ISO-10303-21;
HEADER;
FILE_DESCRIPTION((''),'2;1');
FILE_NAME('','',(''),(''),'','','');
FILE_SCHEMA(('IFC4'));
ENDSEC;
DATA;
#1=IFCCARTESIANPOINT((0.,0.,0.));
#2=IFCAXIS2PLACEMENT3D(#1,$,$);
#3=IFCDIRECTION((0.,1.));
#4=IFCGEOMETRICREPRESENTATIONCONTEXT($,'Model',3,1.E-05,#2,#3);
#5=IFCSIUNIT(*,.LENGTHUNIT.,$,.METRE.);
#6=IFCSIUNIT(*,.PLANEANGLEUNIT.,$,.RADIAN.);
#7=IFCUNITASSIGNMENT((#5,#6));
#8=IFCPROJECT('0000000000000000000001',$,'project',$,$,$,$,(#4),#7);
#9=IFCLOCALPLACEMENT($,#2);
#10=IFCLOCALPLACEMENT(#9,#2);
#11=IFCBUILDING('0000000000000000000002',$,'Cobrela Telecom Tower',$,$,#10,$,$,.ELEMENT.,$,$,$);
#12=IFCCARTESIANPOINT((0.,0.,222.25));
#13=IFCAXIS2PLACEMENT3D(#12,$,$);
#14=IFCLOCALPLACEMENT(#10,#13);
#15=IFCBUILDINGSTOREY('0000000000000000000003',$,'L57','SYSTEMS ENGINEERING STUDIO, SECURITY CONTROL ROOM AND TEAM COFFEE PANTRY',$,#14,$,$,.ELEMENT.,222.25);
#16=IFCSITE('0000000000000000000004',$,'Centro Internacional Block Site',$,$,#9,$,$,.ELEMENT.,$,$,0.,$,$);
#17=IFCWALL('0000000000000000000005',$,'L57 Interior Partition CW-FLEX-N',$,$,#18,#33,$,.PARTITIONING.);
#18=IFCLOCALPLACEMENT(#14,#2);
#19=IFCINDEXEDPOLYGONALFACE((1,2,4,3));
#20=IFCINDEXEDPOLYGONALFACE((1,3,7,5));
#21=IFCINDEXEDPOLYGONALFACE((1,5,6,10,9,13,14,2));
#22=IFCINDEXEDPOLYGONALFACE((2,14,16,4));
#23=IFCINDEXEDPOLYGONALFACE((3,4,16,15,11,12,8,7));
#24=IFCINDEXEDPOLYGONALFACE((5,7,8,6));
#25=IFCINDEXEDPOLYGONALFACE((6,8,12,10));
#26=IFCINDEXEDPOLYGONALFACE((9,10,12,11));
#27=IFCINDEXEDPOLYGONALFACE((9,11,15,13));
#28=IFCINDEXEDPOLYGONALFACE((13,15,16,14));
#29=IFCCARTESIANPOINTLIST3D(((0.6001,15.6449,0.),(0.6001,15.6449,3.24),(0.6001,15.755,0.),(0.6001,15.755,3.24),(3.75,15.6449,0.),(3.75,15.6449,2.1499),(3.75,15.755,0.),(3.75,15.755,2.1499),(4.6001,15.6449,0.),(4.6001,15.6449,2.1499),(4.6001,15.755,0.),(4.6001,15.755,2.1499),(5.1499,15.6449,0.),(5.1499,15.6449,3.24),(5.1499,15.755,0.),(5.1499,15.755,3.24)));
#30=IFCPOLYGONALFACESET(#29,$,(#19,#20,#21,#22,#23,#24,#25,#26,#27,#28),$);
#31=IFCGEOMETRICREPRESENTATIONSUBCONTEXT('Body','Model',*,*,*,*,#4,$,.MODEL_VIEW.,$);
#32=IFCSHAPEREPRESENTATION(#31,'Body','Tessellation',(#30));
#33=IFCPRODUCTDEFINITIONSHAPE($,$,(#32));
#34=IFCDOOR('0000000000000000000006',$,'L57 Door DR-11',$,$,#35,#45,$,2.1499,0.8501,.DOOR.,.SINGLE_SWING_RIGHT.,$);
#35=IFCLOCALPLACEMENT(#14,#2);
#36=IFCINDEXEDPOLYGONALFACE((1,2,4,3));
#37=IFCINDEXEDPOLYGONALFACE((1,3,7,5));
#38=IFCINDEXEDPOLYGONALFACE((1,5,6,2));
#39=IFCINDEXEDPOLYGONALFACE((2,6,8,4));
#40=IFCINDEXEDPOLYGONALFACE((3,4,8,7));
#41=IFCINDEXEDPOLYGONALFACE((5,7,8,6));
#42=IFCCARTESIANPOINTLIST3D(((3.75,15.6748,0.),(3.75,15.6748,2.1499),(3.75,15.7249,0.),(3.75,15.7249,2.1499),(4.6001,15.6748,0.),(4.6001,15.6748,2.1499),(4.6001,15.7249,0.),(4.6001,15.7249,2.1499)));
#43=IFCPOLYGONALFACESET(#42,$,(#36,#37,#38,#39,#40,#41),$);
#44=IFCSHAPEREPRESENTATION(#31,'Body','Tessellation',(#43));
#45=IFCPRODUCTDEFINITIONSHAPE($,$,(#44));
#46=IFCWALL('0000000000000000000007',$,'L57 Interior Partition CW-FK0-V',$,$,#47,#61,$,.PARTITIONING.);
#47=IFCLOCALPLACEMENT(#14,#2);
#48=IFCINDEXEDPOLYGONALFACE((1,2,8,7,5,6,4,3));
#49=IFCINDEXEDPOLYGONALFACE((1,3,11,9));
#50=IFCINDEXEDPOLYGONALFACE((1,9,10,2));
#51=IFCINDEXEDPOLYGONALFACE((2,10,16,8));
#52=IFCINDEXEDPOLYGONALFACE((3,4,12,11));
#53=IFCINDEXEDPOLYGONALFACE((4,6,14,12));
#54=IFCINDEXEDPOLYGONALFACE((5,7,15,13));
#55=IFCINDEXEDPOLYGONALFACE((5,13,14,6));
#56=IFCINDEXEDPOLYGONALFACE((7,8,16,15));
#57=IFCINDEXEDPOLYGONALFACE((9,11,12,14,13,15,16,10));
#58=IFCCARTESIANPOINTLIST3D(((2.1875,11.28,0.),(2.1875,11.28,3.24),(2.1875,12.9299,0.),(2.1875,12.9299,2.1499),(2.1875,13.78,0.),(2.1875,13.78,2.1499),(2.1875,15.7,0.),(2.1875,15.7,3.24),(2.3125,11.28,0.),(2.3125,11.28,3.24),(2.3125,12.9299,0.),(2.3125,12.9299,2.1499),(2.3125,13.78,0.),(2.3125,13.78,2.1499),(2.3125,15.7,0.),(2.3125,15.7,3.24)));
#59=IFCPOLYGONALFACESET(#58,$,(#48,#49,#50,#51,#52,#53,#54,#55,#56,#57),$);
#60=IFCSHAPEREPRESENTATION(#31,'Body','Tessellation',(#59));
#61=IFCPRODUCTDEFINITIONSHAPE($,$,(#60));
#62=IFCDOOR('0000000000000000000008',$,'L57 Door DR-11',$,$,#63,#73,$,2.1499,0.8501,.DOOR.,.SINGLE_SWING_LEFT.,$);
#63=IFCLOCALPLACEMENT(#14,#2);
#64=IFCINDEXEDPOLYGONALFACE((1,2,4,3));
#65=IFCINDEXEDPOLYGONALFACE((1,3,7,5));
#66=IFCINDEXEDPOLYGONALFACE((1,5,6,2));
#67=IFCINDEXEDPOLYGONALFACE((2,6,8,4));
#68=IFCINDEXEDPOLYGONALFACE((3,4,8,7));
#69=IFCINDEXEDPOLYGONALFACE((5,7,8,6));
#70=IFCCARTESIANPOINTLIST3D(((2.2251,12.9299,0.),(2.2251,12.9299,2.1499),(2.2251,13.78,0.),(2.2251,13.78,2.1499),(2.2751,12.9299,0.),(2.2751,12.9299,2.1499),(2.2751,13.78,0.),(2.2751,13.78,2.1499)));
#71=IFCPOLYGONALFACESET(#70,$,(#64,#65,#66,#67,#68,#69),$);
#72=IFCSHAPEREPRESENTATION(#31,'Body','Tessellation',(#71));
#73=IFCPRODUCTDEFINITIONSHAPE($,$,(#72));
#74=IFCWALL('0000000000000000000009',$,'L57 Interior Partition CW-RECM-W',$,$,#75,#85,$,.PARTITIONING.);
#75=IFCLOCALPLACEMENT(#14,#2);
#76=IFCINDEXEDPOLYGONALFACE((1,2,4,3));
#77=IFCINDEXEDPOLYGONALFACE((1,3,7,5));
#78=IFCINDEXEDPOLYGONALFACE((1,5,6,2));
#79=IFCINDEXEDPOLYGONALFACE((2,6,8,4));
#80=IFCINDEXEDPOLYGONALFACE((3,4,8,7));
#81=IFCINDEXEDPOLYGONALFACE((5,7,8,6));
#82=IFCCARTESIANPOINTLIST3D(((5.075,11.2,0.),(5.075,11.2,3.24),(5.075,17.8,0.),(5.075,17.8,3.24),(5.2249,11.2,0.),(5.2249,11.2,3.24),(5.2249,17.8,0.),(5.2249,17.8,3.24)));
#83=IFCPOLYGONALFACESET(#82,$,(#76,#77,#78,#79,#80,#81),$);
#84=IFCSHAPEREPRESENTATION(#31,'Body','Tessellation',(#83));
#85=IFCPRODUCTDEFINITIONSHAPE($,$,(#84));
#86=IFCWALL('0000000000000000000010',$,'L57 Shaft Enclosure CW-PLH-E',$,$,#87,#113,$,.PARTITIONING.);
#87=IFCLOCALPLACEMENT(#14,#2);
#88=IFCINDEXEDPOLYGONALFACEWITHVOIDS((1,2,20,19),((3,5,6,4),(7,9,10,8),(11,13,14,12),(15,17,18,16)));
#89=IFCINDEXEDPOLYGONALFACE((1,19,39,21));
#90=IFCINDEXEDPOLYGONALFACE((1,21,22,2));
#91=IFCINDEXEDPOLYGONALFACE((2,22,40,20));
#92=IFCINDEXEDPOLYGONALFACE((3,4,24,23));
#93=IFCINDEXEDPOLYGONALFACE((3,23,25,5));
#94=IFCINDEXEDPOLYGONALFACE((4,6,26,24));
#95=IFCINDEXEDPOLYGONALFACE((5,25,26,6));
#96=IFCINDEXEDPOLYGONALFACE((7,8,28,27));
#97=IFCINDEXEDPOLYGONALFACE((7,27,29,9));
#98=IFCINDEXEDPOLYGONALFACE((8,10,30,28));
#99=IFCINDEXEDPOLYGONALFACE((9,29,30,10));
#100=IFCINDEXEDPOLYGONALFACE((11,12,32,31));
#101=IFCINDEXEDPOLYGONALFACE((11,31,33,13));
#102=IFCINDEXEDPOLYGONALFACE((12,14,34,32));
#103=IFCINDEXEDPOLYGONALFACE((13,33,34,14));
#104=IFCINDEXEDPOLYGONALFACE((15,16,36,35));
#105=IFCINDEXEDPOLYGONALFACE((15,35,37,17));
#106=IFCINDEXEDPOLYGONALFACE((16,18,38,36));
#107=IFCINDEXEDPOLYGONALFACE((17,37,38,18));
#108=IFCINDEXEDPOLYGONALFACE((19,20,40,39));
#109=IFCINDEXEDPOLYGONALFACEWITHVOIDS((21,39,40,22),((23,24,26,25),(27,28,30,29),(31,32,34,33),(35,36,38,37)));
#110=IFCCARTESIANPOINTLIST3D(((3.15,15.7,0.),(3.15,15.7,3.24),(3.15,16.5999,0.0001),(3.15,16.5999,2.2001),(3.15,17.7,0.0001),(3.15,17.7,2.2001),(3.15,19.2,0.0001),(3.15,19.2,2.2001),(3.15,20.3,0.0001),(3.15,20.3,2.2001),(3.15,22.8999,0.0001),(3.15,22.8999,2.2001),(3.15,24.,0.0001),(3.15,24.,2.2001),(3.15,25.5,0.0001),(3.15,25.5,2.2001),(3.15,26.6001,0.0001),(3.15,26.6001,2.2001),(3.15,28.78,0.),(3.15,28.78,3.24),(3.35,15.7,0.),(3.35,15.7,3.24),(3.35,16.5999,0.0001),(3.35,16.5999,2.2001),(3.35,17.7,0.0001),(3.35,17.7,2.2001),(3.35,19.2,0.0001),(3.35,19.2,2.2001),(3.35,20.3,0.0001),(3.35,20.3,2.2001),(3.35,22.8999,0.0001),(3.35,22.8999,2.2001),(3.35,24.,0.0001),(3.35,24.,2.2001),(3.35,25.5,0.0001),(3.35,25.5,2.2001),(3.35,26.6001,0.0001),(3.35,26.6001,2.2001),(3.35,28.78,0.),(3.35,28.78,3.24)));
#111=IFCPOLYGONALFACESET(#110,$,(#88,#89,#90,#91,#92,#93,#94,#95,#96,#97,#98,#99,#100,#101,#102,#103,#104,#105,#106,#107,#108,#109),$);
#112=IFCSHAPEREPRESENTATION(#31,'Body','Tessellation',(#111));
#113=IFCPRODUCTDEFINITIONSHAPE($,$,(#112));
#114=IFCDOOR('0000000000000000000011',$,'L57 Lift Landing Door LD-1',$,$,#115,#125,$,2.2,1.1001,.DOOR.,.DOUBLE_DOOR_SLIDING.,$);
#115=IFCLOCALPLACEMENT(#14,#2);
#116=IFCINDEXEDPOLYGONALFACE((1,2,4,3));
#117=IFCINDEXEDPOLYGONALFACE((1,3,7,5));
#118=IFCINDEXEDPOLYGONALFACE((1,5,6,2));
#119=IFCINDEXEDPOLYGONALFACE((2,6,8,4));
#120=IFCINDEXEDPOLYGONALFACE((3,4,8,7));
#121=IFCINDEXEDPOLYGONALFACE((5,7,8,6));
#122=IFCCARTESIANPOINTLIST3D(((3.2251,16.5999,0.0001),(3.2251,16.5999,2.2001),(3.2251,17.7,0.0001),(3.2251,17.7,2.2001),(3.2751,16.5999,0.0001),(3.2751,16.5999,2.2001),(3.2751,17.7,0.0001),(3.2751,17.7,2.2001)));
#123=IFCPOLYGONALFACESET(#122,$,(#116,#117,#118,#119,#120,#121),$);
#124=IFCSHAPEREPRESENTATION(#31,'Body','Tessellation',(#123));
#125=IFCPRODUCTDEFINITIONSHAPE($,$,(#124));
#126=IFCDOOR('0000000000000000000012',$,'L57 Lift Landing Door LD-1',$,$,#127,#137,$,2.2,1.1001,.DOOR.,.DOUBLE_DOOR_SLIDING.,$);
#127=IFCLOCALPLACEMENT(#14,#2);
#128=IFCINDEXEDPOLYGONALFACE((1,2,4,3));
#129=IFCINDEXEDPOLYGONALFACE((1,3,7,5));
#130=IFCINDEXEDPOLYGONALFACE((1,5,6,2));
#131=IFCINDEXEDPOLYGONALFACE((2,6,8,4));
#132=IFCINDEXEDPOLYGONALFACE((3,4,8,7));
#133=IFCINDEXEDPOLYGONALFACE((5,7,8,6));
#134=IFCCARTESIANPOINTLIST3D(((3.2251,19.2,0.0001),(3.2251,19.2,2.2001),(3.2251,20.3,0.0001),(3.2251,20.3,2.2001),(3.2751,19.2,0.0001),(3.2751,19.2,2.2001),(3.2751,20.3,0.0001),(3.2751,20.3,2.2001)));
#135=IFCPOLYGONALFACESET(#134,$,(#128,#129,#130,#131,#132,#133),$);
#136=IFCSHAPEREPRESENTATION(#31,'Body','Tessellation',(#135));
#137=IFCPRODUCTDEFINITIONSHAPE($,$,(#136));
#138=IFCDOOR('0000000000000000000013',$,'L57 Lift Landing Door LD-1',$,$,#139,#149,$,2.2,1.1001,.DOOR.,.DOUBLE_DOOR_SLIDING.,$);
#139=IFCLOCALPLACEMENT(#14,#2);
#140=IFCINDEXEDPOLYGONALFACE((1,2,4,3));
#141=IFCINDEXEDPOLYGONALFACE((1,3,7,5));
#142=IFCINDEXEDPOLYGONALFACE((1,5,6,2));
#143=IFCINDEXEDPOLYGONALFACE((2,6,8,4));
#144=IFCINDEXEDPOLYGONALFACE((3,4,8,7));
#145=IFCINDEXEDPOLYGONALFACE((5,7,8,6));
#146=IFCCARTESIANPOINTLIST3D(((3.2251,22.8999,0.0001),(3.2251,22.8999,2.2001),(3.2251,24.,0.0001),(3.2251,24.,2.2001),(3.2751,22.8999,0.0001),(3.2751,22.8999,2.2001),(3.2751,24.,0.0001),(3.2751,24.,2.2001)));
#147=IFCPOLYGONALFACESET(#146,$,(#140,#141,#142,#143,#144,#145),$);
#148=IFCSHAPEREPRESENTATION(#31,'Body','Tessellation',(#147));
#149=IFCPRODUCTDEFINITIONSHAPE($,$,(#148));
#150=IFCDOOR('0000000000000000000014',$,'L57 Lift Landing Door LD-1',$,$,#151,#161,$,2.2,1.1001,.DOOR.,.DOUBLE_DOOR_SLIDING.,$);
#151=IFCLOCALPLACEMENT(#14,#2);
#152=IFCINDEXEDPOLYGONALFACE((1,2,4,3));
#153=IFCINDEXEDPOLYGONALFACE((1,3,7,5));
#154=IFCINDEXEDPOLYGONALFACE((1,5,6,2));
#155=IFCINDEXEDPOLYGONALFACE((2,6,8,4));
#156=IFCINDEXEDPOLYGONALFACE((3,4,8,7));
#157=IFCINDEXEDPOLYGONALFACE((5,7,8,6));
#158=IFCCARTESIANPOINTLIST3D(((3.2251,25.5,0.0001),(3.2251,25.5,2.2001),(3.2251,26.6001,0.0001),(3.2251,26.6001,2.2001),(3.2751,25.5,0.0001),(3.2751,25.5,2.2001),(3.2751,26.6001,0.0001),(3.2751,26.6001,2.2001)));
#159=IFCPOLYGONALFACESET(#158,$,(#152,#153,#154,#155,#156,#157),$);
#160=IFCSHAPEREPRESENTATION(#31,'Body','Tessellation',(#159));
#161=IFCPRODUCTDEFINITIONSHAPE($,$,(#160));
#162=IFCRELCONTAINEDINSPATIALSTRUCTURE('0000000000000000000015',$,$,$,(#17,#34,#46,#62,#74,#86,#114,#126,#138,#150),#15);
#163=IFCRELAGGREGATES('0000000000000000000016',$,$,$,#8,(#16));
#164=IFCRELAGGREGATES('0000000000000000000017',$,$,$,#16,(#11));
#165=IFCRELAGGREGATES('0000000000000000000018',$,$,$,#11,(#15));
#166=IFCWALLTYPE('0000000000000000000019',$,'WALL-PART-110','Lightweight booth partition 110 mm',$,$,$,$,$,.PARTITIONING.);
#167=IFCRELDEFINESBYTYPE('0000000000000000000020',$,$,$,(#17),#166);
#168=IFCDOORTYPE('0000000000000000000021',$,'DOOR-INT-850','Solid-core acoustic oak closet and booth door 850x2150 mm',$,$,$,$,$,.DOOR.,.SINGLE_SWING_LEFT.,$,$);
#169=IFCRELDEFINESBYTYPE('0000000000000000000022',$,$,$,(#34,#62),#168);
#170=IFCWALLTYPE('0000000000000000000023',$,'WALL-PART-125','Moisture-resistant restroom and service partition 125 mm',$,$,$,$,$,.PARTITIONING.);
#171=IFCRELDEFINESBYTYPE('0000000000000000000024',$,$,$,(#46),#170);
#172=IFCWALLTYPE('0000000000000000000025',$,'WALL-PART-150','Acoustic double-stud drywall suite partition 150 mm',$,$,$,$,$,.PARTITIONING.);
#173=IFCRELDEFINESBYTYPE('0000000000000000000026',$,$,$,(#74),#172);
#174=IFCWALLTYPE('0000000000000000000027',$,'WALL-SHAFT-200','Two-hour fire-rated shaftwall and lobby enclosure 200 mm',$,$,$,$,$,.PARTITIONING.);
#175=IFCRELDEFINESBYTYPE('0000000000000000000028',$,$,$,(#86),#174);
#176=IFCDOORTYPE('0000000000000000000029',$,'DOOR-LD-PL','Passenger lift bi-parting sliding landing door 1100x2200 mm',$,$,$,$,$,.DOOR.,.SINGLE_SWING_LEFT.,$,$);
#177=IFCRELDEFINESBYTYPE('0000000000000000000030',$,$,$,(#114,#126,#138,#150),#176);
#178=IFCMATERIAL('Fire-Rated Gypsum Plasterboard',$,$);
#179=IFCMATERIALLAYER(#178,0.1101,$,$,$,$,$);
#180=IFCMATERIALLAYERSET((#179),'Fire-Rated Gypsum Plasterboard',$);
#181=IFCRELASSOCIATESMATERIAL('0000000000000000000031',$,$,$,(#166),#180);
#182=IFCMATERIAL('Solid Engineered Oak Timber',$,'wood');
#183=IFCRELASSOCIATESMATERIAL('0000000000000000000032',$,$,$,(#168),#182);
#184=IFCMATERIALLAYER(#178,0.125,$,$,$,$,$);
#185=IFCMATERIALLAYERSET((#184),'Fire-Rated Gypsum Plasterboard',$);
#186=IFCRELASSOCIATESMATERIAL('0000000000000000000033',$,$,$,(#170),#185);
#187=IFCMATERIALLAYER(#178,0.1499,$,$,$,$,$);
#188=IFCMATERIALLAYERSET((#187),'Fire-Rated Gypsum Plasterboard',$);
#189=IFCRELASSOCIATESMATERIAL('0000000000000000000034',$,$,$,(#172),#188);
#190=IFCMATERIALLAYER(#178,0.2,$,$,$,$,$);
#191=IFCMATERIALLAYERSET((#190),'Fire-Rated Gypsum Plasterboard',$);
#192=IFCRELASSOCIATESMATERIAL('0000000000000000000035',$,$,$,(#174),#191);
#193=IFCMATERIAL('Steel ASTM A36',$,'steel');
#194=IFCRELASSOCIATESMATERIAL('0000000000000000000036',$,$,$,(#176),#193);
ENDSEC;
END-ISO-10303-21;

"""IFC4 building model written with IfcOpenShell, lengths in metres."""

from ifc_helpers import new_model, si_unit, direction, frame, frame_2d, origin, place, context, subcontext, project, spatial, rectangle, extrude, material, layer, layer_set, type_object, element, fill, save


model = new_model("IFC4")

# Units and contexts
model_context = context("Model", 3, precision=1e-05, world=origin(), true_north=direction((0.0, 1.0)))
body_context = subcontext(model_context, "Body", "Model", "MODEL_VIEW")
ifc_project = project(units=[si_unit("LENGTHUNIT", "METRE"), si_unit("PLANEANGLEUNIT", "RADIAN")], contexts=[model_context])

# Site, building, storey
site_placement = place(None, origin())
site = spatial("IfcSite", under=ifc_project, at=site_placement, Name="Centro Internacional Block Site", CompositionType="ELEMENT", RefElevation=0.0)
building_placement = place(site_placement, origin())
building = spatial("IfcBuilding", under=site, at=building_placement, Name="Cobrela Telecom Tower", CompositionType="ELEMENT")
storey_placement = place(building_placement, frame((0.0, 0.0, 222.25)))
storey = spatial("IfcBuildingStorey", under=building, at=storey_placement, Name="L57", Description="SYSTEMS ENGINEERING STUDIO, SECURITY CONTROL ROOM AND TEAM COFFEE PANTRY", CompositionType="ELEMENT", Elevation=222.25)

# Walls, openings, doors
ifc_material_1 = material(Name="Fire-Rated Gypsum Plasterboard")
ifc_layer_1 = layer(ifc_material_1, 0.1101)
ifc_layer_set_1 = layer_set([ifc_layer_1], Name="Fire-Rated Gypsum Plasterboard")
wall_type_1 = type_object("IfcWallType", Name="WALL-PART-110", Description="Lightweight booth partition 110 mm", PredefinedType="PARTITIONING", material=ifc_layer_set_1)
wall_1_placement = place(storey_placement, frame((0.6001, 15.7, 0.0), z_axis=(0.0, 0.0, 1.0), x_axis=(1.0, 0.0, 0.0)))
wall_1 = element("IfcWall", 1, at=wall_1_placement, inside=storey, type_object=wall_type_1, Name="L57 Interior Partition CW-FLEX-N", PredefinedType="PARTITIONING", context=body_context, shape_type="SweptSolid", body=[
    extrude(rectangle(XDim=4.5498, YDim=0.1101, at=frame_2d((2.2749, 0.0))), origin(), (0.0, 0.0, 1.0), 3.24),
])
opening_1_placement = place(wall_1_placement, frame((3.1499, 0.0, 0.0)))
opening_1 = element("IfcOpeningElement", 2, at=opening_1_placement, cuts=wall_1, PredefinedType="OPENING", context=body_context, shape_type="SweptSolid", body=[
    extrude(rectangle(XDim=0.8501, YDim=2.1499, at=frame_2d((0.425, 1.075))), frame((0.0, 0.0669, 0.0), z_axis=(0.0, -1.0, 0.0), x_axis=(1.0, 0.0, 0.0)), (0.0, 0.0, 1.0), 0.134),
])
ifc_material_2 = material(Name="Solid Engineered Oak Timber", Category="wood")
door_type_1 = type_object("IfcDoorType", Name="DOOR-INT-850", Description="Solid-core acoustic oak closet and booth door 850x2150 mm", OperationType="SINGLE_SWING_LEFT", PredefinedType="DOOR", material=ifc_material_2)
door_1_placement = place(opening_1_placement, origin())
door_1 = element("IfcDoor", 3, at=door_1_placement, inside=storey, type_object=door_type_1, Name="L57 Door DR-11", OperationType="SINGLE_SWING_RIGHT", OverallHeight=2.1499, OverallWidth=0.8501, PredefinedType="DOOR", context=body_context, shape_type="SweptSolid", body=[
    extrude(rectangle(XDim=0.8501, YDim=2.1499, at=frame_2d((0.425, 1.075))), frame((0.0, 0.0249, 0.0), z_axis=(0.0, -1.0, 0.0), x_axis=(1.0, 0.0, 0.0)), (0.0, 0.0, 1.0), 0.05),
])
fill(opening_1, door_1)
ifc_layer_2 = layer(ifc_material_1, 0.125)
ifc_layer_set_2 = layer_set([ifc_layer_2], Name="Fire-Rated Gypsum Plasterboard")
wall_type_2 = type_object("IfcWallType", Name="WALL-PART-125", Description="Moisture-resistant restroom and service partition 125 mm", PredefinedType="PARTITIONING", material=ifc_layer_set_2)
wall_2_placement = place(storey_placement, frame((2.25, 11.28, 0.0), z_axis=(0.0, 0.0, 1.0), x_axis=(0.0, 1.0, 0.0)))
wall_2 = element("IfcWall", 4, at=wall_2_placement, inside=storey, type_object=wall_type_2, Name="L57 Interior Partition CW-FK0-V", PredefinedType="PARTITIONING", context=body_context, shape_type="SweptSolid", body=[
    extrude(rectangle(XDim=4.4199, YDim=0.125, at=frame_2d((2.21, 0.0))), origin(), (0.0, 0.0, 1.0), 3.24),
])
opening_2_placement = place(wall_2_placement, frame((1.6499, 0.0, 0.0)))
opening_2 = element("IfcOpeningElement", 5, at=opening_2_placement, cuts=wall_2, PredefinedType="OPENING", context=body_context, shape_type="SweptSolid", body=[
    extrude(rectangle(XDim=0.8501, YDim=2.1499, at=frame_2d((0.425, 1.075))), frame((0.0, 0.0745, 0.0), z_axis=(0.0, -1.0, 0.0), x_axis=(1.0, 0.0, 0.0)), (0.0, 0.0, 1.0), 0.1489),
])
door_2_placement = place(opening_2_placement, origin())
door_2 = element("IfcDoor", 6, at=door_2_placement, inside=storey, type_object=door_type_1, Name="L57 Door DR-11", OperationType="SINGLE_SWING_LEFT", OverallHeight=2.1499, OverallWidth=0.8501, PredefinedType="DOOR", context=body_context, shape_type="SweptSolid", body=[
    extrude(rectangle(XDim=0.8501, YDim=2.1499, at=frame_2d((0.425, 1.075))), frame((0.0, 0.0249, 0.0), z_axis=(0.0, -1.0, 0.0), x_axis=(1.0, 0.0, 0.0)), (0.0, 0.0, 1.0), 0.05),
])
fill(opening_2, door_2)

# Wall
ifc_layer_3 = layer(ifc_material_1, 0.1499)
ifc_layer_set_3 = layer_set([ifc_layer_3], Name="Fire-Rated Gypsum Plasterboard")
wall_type_3 = type_object("IfcWallType", Name="WALL-PART-150", Description="Acoustic double-stud drywall suite partition 150 mm", PredefinedType="PARTITIONING", material=ifc_layer_set_3)
wall_3_placement = place(storey_placement, frame((5.1499, 11.2, 0.0), z_axis=(0.0, 0.0, 1.0), x_axis=(0.0, 1.0, 0.0)))
element("IfcWall", 7, at=wall_3_placement, inside=storey, type_object=wall_type_3, Name="L57 Interior Partition CW-RECM-W", PredefinedType="PARTITIONING", context=body_context, shape_type="SweptSolid", body=[
    extrude(rectangle(XDim=6.6001, YDim=0.1499, at=frame_2d((3.3, 0.0))), origin(), (0.0, 0.0, 1.0), 3.24),
])

# Wall, openings, doors
ifc_layer_4 = layer(ifc_material_1, 0.2)
ifc_layer_set_4 = layer_set([ifc_layer_4], Name="Fire-Rated Gypsum Plasterboard")
wall_type_4 = type_object("IfcWallType", Name="WALL-SHAFT-200", Description="Two-hour fire-rated shaftwall and lobby enclosure 200 mm", PredefinedType="PARTITIONING", material=ifc_layer_set_4)
wall_4_placement = place(storey_placement, frame((3.25, 15.7, 0.0), z_axis=(0.0, 0.0, 1.0), x_axis=(0.0, 1.0, 0.0)))
wall_4 = element("IfcWall", 8, at=wall_4_placement, inside=storey, type_object=wall_type_4, Name="L57 Shaft Enclosure CW-PLH-E", PredefinedType="PARTITIONING", context=body_context, shape_type="SweptSolid", body=[
    extrude(rectangle(XDim=13.0801, YDim=0.2, at=frame_2d((6.54, 0.0))), origin(), (0.0, 0.0, 1.0), 3.24),
])
opening_3_placement = place(wall_4_placement, frame((0.8999, 0.0, 0.0)))
opening_3 = element("IfcOpeningElement", 9, at=opening_3_placement, cuts=wall_4, PredefinedType="OPENING", context=body_context, shape_type="SweptSolid", body=[
    extrude(rectangle(XDim=1.1001, YDim=2.2, at=frame_2d((0.55, 1.1001))), frame((0.0, 0.1118, 0.0), z_axis=(0.0, -1.0, 0.0), x_axis=(1.0, 0.0, 0.0)), (0.0, 0.0, 1.0), 0.2239),
])
opening_4_placement = place(wall_4_placement, frame((3.5, 0.0, 0.0)))
opening_4 = element("IfcOpeningElement", 10, at=opening_4_placement, cuts=wall_4, PredefinedType="OPENING", context=body_context, shape_type="SweptSolid", body=[
    extrude(rectangle(XDim=1.1001, YDim=2.2, at=frame_2d((0.55, 1.1001))), frame((0.0, 0.1118, 0.0), z_axis=(0.0, -1.0, 0.0), x_axis=(1.0, 0.0, 0.0)), (0.0, 0.0, 1.0), 0.2239),
])
opening_5_placement = place(wall_4_placement, frame((7.2, 0.0, 0.0)))
opening_5 = element("IfcOpeningElement", 11, at=opening_5_placement, cuts=wall_4, PredefinedType="OPENING", context=body_context, shape_type="SweptSolid", body=[
    extrude(rectangle(XDim=1.1001, YDim=2.2, at=frame_2d((0.55, 1.1001))), frame((0.0, 0.1118, 0.0), z_axis=(0.0, -1.0, 0.0), x_axis=(1.0, 0.0, 0.0)), (0.0, 0.0, 1.0), 0.2239),
])
opening_6_placement = place(wall_4_placement, frame((9.8, 0.0, 0.0)))
opening_6 = element("IfcOpeningElement", 12, at=opening_6_placement, cuts=wall_4, PredefinedType="OPENING", context=body_context, shape_type="SweptSolid", body=[
    extrude(rectangle(XDim=1.1001, YDim=2.2, at=frame_2d((0.55, 1.1001))), frame((0.0, 0.1118, 0.0), z_axis=(0.0, -1.0, 0.0), x_axis=(1.0, 0.0, 0.0)), (0.0, 0.0, 1.0), 0.2239),
])
ifc_material_3 = material(Name="Steel ASTM A36", Category="steel")
door_type_2 = type_object("IfcDoorType", Name="DOOR-LD-PL", Description="Passenger lift bi-parting sliding landing door 1100x2200 mm", OperationType="SINGLE_SWING_LEFT", PredefinedType="DOOR", material=ifc_material_3)
door_3_placement = place(opening_3_placement, origin())
door_3 = element("IfcDoor", 13, at=door_3_placement, inside=storey, type_object=door_type_2, Name="L57 Lift Landing Door LD-1", OperationType="DOUBLE_DOOR_SLIDING", OverallHeight=2.2, OverallWidth=1.1001, PredefinedType="DOOR", context=body_context, shape_type="SweptSolid", body=[
    extrude(rectangle(XDim=1.1001, YDim=2.2, at=frame_2d((0.55, 1.1001))), frame((0.0, 0.0249, 0.0), z_axis=(0.0, -1.0, 0.0), x_axis=(1.0, 0.0, 0.0)), (0.0, 0.0, 1.0), 0.05),
])
fill(opening_3, door_3)
door_4_placement = place(opening_4_placement, origin())
door_4 = element("IfcDoor", 14, at=door_4_placement, inside=storey, type_object=door_type_2, Name="L57 Lift Landing Door LD-1", OperationType="DOUBLE_DOOR_SLIDING", OverallHeight=2.2, OverallWidth=1.1001, PredefinedType="DOOR", context=body_context, shape_type="SweptSolid", body=[
    extrude(rectangle(XDim=1.1001, YDim=2.2, at=frame_2d((0.55, 1.1001))), frame((0.0, 0.0249, 0.0), z_axis=(0.0, -1.0, 0.0), x_axis=(1.0, 0.0, 0.0)), (0.0, 0.0, 1.0), 0.05),
])
fill(opening_4, door_4)
door_5_placement = place(opening_5_placement, origin())
door_5 = element("IfcDoor", 15, at=door_5_placement, inside=storey, type_object=door_type_2, Name="L57 Lift Landing Door LD-1", OperationType="DOUBLE_DOOR_SLIDING", OverallHeight=2.2, OverallWidth=1.1001, PredefinedType="DOOR", context=body_context, shape_type="SweptSolid", body=[
    extrude(rectangle(XDim=1.1001, YDim=2.2, at=frame_2d((0.55, 1.1001))), frame((0.0, 0.0249, 0.0), z_axis=(0.0, -1.0, 0.0), x_axis=(1.0, 0.0, 0.0)), (0.0, 0.0, 1.0), 0.05),
])
fill(opening_5, door_5)
door_6_placement = place(opening_6_placement, origin())
door_6 = element("IfcDoor", 16, at=door_6_placement, inside=storey, type_object=door_type_2, Name="L57 Lift Landing Door LD-1", OperationType="DOUBLE_DOOR_SLIDING", OverallHeight=2.2, OverallWidth=1.1001, PredefinedType="DOOR", context=body_context, shape_type="SweptSolid", body=[
    extrude(rectangle(XDim=1.1001, YDim=2.2, at=frame_2d((0.55, 1.1001))), frame((0.0, 0.0249, 0.0), z_axis=(0.0, -1.0, 0.0), x_axis=(1.0, 0.0, 0.0)), (0.0, 0.0, 1.0), 0.05),
])
fill(opening_6, door_6)

save(model, "model.ifc")
